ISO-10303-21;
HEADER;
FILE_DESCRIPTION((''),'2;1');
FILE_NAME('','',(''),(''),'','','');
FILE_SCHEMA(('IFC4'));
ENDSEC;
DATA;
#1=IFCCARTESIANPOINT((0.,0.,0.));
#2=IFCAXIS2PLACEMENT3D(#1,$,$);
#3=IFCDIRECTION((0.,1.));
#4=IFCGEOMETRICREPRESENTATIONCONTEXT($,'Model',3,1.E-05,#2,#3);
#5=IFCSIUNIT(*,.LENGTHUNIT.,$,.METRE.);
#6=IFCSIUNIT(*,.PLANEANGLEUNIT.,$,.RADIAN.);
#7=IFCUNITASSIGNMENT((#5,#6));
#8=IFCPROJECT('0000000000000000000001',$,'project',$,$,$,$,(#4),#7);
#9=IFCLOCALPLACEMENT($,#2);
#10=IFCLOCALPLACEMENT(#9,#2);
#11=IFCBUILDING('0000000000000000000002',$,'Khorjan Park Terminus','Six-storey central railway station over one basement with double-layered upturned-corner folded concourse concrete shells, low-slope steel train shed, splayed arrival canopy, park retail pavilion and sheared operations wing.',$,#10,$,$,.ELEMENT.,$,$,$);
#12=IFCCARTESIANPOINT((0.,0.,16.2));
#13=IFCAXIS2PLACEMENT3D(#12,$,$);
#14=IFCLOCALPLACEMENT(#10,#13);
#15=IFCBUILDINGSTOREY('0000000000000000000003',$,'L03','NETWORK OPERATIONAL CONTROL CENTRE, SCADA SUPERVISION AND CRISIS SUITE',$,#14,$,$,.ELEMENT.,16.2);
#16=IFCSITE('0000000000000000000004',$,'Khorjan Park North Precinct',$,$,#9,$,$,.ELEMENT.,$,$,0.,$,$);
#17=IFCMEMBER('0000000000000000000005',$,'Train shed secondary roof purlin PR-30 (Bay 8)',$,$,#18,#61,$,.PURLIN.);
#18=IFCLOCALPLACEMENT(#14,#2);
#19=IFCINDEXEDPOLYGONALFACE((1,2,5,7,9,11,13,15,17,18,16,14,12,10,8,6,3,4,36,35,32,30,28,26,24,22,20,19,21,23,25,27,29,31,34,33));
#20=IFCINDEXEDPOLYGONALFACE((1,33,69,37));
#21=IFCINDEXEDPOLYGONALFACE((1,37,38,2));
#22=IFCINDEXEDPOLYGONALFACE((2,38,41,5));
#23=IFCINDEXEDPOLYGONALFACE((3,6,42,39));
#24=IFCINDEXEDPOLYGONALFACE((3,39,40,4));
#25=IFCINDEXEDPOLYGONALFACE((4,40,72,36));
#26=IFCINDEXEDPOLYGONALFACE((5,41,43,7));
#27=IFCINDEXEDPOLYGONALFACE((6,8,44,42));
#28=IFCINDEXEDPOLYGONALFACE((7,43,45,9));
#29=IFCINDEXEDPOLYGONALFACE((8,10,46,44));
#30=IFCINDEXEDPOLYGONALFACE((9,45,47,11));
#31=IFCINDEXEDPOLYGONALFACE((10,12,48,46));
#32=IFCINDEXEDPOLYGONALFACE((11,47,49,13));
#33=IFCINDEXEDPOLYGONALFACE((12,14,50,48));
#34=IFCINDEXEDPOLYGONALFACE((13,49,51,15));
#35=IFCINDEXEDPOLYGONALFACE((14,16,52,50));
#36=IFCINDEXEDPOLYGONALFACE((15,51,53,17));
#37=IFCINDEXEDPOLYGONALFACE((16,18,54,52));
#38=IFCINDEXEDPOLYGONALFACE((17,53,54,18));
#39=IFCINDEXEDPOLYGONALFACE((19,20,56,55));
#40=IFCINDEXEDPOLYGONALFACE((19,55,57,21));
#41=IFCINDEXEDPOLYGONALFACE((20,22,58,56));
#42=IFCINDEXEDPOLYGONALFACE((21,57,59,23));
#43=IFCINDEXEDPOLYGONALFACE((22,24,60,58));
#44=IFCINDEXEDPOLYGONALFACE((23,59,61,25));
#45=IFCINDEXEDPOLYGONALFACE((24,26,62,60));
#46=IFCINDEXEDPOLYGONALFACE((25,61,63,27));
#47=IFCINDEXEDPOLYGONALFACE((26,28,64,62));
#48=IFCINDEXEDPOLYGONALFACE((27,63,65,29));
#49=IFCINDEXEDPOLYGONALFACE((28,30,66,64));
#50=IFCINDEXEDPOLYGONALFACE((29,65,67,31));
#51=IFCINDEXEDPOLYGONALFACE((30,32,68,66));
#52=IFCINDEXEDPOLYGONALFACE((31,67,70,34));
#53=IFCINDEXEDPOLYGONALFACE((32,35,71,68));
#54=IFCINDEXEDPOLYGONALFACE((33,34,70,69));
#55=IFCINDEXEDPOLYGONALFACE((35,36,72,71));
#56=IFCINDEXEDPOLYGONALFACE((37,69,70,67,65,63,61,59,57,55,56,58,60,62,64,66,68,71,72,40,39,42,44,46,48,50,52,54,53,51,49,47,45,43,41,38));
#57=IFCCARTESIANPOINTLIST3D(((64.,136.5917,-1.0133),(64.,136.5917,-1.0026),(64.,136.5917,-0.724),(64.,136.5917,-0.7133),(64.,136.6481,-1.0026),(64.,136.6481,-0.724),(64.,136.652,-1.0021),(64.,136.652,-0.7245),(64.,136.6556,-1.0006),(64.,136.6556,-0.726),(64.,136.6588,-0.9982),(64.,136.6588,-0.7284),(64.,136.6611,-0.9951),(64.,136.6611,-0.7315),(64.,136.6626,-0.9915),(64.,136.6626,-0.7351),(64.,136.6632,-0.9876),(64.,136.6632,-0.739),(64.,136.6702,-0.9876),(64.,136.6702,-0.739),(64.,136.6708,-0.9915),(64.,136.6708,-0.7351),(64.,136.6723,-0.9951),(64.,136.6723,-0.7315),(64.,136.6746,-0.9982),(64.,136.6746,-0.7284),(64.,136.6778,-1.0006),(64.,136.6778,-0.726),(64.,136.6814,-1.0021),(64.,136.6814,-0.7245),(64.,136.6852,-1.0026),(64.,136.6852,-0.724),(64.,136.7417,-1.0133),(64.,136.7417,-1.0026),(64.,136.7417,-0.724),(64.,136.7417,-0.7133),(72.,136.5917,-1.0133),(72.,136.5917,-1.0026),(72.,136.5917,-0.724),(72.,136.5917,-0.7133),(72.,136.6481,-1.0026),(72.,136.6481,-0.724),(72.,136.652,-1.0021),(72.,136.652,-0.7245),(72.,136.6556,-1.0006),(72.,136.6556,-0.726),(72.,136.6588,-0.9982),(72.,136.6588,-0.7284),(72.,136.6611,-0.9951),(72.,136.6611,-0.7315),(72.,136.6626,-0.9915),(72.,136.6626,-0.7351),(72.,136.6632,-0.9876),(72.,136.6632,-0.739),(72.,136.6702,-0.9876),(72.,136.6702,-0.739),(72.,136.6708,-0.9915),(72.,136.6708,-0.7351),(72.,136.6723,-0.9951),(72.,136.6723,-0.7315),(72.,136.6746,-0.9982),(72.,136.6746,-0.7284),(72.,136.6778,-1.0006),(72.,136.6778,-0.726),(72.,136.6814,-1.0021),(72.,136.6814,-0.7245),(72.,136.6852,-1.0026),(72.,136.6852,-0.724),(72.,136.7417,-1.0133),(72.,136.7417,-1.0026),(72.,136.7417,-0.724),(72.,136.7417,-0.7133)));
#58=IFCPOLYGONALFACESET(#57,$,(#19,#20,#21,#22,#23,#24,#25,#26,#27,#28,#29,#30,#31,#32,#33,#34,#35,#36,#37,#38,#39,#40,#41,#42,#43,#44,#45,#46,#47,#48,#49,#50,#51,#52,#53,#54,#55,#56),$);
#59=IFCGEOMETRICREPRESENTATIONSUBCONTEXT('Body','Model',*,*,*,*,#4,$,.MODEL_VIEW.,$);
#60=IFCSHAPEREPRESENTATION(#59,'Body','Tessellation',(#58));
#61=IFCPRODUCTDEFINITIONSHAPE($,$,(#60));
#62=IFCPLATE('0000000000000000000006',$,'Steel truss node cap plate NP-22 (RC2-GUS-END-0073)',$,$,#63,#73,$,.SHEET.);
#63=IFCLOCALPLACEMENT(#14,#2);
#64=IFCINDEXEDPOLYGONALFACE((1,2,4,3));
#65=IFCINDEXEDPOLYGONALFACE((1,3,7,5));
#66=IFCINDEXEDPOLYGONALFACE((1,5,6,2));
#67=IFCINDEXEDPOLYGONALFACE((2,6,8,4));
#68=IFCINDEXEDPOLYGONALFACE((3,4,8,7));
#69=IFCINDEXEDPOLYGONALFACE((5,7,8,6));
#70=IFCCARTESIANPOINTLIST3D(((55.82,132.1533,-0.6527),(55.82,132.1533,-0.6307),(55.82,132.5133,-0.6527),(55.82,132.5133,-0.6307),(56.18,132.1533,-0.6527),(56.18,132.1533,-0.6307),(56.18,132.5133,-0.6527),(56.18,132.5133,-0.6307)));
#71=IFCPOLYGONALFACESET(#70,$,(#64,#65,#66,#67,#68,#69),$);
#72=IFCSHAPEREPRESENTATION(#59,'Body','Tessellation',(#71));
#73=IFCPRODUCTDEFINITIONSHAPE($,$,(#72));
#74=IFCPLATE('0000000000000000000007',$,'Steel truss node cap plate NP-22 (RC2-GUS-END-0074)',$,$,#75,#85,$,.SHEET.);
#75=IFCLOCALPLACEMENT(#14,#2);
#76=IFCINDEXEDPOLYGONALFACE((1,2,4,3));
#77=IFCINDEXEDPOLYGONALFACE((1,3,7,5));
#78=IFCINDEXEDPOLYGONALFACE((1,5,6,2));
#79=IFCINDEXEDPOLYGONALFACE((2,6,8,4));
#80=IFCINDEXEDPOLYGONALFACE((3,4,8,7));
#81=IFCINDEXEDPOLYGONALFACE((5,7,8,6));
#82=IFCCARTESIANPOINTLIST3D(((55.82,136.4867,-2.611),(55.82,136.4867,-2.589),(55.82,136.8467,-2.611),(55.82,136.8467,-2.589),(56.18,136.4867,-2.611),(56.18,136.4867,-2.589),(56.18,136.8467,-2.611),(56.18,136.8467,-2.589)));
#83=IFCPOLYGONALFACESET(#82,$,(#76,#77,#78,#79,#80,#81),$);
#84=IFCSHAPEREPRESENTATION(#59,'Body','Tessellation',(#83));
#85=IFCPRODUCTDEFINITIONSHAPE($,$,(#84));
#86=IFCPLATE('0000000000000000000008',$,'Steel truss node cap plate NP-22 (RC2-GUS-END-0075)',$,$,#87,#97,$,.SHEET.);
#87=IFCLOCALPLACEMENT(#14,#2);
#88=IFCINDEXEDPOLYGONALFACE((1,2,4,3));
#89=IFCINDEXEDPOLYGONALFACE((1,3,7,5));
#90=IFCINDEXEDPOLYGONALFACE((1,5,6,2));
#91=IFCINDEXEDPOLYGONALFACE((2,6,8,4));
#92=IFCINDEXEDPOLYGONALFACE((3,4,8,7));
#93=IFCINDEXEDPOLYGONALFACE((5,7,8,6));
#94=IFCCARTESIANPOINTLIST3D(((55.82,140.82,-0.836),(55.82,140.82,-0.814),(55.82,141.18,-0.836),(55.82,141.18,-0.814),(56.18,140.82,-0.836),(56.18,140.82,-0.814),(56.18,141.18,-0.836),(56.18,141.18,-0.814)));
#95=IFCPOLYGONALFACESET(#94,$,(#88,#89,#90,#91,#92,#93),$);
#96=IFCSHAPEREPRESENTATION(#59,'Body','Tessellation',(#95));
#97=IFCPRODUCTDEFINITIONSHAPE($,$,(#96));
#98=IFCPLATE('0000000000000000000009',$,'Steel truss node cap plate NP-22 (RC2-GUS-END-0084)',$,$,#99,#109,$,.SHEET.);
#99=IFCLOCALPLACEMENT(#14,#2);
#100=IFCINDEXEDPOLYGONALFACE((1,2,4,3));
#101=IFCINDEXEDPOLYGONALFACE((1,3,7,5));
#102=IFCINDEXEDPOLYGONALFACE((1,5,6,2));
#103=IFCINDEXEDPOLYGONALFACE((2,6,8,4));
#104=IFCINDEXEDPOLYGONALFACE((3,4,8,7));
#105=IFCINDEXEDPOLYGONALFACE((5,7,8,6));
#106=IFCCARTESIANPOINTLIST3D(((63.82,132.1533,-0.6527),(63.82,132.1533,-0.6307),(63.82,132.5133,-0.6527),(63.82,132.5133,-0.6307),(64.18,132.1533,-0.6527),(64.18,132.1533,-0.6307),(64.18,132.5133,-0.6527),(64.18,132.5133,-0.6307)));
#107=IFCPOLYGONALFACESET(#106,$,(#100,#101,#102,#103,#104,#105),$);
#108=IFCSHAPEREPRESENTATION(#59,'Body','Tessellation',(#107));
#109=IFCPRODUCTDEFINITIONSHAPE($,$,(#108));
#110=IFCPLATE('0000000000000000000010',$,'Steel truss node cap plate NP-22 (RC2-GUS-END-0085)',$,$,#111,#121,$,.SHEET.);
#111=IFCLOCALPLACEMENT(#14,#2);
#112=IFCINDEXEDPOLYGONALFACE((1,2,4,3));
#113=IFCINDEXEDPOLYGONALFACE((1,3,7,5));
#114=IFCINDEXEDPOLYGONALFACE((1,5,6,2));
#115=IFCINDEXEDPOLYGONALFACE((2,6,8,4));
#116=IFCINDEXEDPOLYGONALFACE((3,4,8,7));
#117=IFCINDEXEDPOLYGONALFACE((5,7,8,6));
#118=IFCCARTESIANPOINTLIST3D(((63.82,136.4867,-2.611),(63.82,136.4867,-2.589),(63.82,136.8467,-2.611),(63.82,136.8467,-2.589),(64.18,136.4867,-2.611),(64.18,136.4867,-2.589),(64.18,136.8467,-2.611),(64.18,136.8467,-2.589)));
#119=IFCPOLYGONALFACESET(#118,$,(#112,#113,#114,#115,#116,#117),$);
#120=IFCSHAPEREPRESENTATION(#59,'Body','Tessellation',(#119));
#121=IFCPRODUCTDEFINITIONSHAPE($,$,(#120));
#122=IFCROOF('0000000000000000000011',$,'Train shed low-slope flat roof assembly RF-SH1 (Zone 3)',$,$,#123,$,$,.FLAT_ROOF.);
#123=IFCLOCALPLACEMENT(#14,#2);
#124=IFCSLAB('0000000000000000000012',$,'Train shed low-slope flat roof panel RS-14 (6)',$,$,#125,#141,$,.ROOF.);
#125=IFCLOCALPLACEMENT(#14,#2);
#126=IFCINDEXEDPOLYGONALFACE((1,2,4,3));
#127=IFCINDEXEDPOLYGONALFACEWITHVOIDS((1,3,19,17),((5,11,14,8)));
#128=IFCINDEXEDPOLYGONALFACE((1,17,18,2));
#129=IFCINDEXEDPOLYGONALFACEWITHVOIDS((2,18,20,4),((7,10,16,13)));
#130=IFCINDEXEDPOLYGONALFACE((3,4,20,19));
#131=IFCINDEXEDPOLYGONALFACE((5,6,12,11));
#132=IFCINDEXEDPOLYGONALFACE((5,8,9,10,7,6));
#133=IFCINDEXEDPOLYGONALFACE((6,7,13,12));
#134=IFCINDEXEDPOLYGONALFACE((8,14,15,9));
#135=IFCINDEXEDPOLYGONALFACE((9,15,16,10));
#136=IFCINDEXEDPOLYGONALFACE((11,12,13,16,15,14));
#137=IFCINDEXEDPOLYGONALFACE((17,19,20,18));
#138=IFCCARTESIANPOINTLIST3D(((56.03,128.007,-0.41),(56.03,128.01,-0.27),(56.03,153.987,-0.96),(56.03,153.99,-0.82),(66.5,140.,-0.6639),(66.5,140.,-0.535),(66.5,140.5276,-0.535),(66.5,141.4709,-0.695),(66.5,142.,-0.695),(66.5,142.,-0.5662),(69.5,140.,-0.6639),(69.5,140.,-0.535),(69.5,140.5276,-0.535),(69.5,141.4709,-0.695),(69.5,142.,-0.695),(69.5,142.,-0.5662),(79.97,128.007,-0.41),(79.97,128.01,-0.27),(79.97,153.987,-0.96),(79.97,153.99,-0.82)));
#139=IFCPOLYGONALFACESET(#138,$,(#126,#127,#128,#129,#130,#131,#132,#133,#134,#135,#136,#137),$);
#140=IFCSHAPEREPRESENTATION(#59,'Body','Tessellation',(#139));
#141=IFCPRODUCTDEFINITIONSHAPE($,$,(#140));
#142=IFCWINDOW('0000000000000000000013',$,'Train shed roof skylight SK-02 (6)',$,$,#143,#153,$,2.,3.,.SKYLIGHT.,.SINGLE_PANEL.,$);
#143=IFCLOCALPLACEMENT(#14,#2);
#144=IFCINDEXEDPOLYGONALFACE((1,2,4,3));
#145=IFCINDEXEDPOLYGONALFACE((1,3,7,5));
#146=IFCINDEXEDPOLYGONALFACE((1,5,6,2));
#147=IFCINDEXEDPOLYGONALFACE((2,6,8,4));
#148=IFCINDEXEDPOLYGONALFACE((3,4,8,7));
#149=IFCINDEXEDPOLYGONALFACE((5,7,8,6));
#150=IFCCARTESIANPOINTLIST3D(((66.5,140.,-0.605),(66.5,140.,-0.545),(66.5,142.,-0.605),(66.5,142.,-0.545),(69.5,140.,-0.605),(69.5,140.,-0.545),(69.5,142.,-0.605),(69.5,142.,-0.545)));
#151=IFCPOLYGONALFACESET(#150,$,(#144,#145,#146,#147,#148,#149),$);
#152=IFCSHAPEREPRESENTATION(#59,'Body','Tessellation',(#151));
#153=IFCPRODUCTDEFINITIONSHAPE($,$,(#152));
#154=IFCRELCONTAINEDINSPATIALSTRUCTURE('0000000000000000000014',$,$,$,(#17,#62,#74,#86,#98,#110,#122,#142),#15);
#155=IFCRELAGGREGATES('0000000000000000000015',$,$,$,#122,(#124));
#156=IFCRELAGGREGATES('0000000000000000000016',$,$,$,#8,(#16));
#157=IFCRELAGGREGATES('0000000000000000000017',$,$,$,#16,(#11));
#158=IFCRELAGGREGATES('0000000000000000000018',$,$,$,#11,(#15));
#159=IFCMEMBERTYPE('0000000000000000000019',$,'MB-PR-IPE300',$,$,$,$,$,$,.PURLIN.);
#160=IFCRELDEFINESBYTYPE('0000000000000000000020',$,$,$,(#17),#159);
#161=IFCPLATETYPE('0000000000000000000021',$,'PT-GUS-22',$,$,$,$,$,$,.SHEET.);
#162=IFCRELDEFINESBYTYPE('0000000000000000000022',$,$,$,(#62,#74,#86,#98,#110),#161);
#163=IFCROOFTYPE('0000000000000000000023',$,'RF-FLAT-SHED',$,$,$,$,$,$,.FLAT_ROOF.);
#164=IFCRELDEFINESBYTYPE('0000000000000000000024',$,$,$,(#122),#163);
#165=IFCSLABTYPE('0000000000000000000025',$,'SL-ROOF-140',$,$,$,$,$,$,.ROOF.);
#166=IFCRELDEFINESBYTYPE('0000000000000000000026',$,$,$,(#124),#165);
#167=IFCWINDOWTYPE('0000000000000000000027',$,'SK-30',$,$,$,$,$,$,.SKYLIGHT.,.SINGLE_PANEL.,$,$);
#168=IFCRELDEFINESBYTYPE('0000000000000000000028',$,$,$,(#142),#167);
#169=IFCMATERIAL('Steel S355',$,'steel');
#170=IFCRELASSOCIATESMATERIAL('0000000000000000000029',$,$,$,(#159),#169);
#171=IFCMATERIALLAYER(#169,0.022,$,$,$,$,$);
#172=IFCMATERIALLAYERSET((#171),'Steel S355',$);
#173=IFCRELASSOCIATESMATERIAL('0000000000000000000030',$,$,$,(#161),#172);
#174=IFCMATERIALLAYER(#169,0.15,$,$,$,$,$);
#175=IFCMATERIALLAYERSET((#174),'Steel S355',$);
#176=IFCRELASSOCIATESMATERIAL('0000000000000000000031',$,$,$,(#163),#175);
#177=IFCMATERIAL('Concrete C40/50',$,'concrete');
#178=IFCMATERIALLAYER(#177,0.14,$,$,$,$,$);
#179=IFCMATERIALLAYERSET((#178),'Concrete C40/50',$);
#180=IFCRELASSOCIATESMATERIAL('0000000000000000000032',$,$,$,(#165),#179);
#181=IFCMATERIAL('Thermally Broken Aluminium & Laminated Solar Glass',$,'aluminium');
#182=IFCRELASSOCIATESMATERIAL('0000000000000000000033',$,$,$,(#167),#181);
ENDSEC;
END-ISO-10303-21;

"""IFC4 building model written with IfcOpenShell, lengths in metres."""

from ifc_helpers import new_model, si_unit, direction, frame, origin, origin_2d, place, context, subcontext, project, spatial, polyline, rectangle, i_section, outline, extrude, material, layer, layer_set, material_profile, profile_set, type_object, element, fill, aggregate, save


model = new_model("IFC4")

# Units and contexts
model_context = context("Model", 3, precision=1e-05, world=origin(), true_north=direction((0.0, 1.0)))
body_context = subcontext(model_context, "Body", "Model", "MODEL_VIEW")
ifc_project = project(units=[si_unit("LENGTHUNIT", "METRE"), si_unit("PLANEANGLEUNIT", "RADIAN")], contexts=[model_context])

# Site, building, storey
site_placement = place(None, origin())
site = spatial("IfcSite", under=ifc_project, at=site_placement, Name="Khorjan Park North Precinct", CompositionType="ELEMENT", RefElevation=0.0)
building_placement = place(site_placement, origin())
building = spatial("IfcBuilding", under=site, at=building_placement, Name="Khorjan Park Terminus", Description="Six-storey central railway station over one basement with double-layered upturned-corner folded concourse concrete shells, low-slope steel train shed, splayed arrival canopy, park retail pavilion and sheared operations wing.", CompositionType="ELEMENT")
storey_placement = place(building_placement, frame((0.0, 0.0, 16.2)))
storey = spatial("IfcBuildingStorey", under=building, at=storey_placement, Name="L03", Description="NETWORK OPERATIONAL CONTROL CENTRE, SCADA SUPERVISION AND CRISIS SUITE", CompositionType="ELEMENT", Elevation=16.2)

# Member
ifc_material_1 = material(Name="Steel S355", Category="steel")
ifc_material_profile_1 = material_profile(ifc_material_1, i_section(OverallWidth=0.15, OverallDepth=0.3, WebThickness=0.0071, FlangeThickness=0.0107, FilletRadius=0.015, at=origin_2d()), Name="IPE 300")
ifc_profile_set_1 = profile_set([ifc_material_profile_1], Name="Steel S355")
member_type_1 = type_object("IfcMemberType", Name="MB-PR-IPE300", PredefinedType="PURLIN", material=ifc_profile_set_1)
for number, where, z_axis, x_axis, name in (
    (1, (64.0, 136.6667, -0.8633), (1.0, 0.0, 0.0), (0.0, 1.0, 0.0), "Train shed secondary roof purlin PR-30 (Bay 8)"),
):
    element("IfcMember", number, at=place(storey_placement, frame(where, z_axis=z_axis, x_axis=x_axis)), inside=storey, type_object=member_type_1, Name=name, PredefinedType="PURLIN", context=body_context, shape_type="SweptSolid", body=[
        extrude(i_section(OverallWidth=0.15, OverallDepth=0.3, WebThickness=0.0071, FlangeThickness=0.0107, FilletRadius=0.015, at=origin_2d()), origin(), (0.0, 0.0, 1.0), 8.0),
    ])

# Plates
ifc_layer_1 = layer(ifc_material_1, 0.022)
ifc_layer_set_1 = layer_set([ifc_layer_1], Name="Steel S355")
plate_type = type_object("IfcPlateType", Name="PT-GUS-22", PredefinedType="SHEET", material=ifc_layer_set_1)
for number, where, z_axis, x_axis, name in (
    (2, (56.0, 132.3333, -0.6527), (0.0, 0.0, 1.0), (1.0, 0.0, 0.0), "Steel truss node cap plate NP-22 (RC2-GUS-END-0073)"),
    (3, (56.0, 136.6667, -2.611), (0.0, 0.0, 1.0), (1.0, 0.0, 0.0), "Steel truss node cap plate NP-22 (RC2-GUS-END-0074)"),
    (4, (56.0, 141.0, -0.836), (0.0, 0.0, 1.0), (1.0, 0.0, 0.0), "Steel truss node cap plate NP-22 (RC2-GUS-END-0075)"),
    (5, (64.0, 132.3333, -0.6527), (0.0, 0.0, 1.0), (1.0, 0.0, 0.0), "Steel truss node cap plate NP-22 (RC2-GUS-END-0084)"),
    (6, (64.0, 136.6667, -2.611), (0.0, 0.0, 1.0), (1.0, 0.0, 0.0), "Steel truss node cap plate NP-22 (RC2-GUS-END-0085)"),
):
    element("IfcPlate", number, at=place(storey_placement, frame(where, z_axis=z_axis, x_axis=x_axis)), inside=storey, type_object=plate_type, Name=name, PredefinedType="SHEET", context=body_context, shape_type="SweptSolid", body=[
        extrude(rectangle(XDim=0.36, YDim=0.36, at=origin_2d()), origin(), (0.0, 0.0, 1.0), 0.022),
    ])

# Roof, slab, opening, window
ifc_layer_2 = layer(ifc_material_1, 0.15)
ifc_layer_set_2 = layer_set([ifc_layer_2], Name="Steel S355")
roof_type = type_object("IfcRoofType", Name="RF-FLAT-SHED", PredefinedType="FLAT_ROOF", material=ifc_layer_set_2)
roof_placement = place(storey_placement, origin())
roof = element("IfcRoof", 7, at=roof_placement, inside=storey, type_object=roof_type, Name="Train shed low-slope flat roof assembly RF-SH1 (Zone 3)", PredefinedType="FLAT_ROOF")
ifc_material_2 = material(Name="Concrete C40/50", Category="concrete")
ifc_layer_3 = layer(ifc_material_2, 0.14)
ifc_layer_set_3 = layer_set([ifc_layer_3], Name="Concrete C40/50")
slab_type = type_object("IfcSlabType", Name="SL-ROOF-140", PredefinedType="ROOF", material=ifc_layer_set_3)
slab_placement = place(storey_placement, frame((56.03, 128.01, -0.27), z_axis=(0.0, 0.021165, 0.999776), x_axis=(1.0, 0.0, 0.0)))
slab = element("IfcSlab", 8, at=slab_placement, type_object=slab_type, Name="Train shed low-slope flat roof panel RS-14 (6)", PredefinedType="ROOF", context=body_context, shape_type="SweptSolid", body=[
    extrude(outline(polyline([(0.0, 0.0), (23.94, 0.0), (23.94, 25.9858), (0.0, 25.9858), (0.0, 0.0)])), origin(), (0.0, 0.0, -1.0), 0.14),
])
opening_placement = place(storey_placement, frame((68.0, 141.0, -0.685), z_axis=(0.0, 0.0, 1.0), x_axis=(1.0, 0.0, 0.0)))
opening = element("IfcOpeningElement", 9, at=opening_placement, cuts=slab, PredefinedType="OPENING", context=body_context, shape_type="SweptSolid", body=[
    extrude(rectangle(XDim=3.0, YDim=2.0, at=origin_2d()), frame((0.0, 0.0, -0.01)), (0.0, 0.0, 1.0), 0.16),
])
ifc_material_3 = material(Name="Thermally Broken Aluminium & Laminated Solar Glass", Category="aluminium")
window_type = type_object("IfcWindowType", Name="SK-30", PartitioningType="SINGLE_PANEL", PredefinedType="SKYLIGHT", material=ifc_material_3)
window_placement = place(opening_placement, frame((0.0, 0.0, 0.08)))
window = element("IfcWindow", 10, at=window_placement, inside=storey, type_object=window_type, Name="Train shed roof skylight SK-02 (6)", OverallHeight=2.0, OverallWidth=3.0, PartitioningType="SINGLE_PANEL", PredefinedType="SKYLIGHT", context=body_context, shape_type="SweptSolid", body=[
    extrude(rectangle(XDim=3.0, YDim=2.0, at=origin_2d()), origin(), (0.0, 0.0, 1.0), 0.06),
])
fill(opening, window)
aggregate(roof, [slab])

save(model, "model.ifc")
